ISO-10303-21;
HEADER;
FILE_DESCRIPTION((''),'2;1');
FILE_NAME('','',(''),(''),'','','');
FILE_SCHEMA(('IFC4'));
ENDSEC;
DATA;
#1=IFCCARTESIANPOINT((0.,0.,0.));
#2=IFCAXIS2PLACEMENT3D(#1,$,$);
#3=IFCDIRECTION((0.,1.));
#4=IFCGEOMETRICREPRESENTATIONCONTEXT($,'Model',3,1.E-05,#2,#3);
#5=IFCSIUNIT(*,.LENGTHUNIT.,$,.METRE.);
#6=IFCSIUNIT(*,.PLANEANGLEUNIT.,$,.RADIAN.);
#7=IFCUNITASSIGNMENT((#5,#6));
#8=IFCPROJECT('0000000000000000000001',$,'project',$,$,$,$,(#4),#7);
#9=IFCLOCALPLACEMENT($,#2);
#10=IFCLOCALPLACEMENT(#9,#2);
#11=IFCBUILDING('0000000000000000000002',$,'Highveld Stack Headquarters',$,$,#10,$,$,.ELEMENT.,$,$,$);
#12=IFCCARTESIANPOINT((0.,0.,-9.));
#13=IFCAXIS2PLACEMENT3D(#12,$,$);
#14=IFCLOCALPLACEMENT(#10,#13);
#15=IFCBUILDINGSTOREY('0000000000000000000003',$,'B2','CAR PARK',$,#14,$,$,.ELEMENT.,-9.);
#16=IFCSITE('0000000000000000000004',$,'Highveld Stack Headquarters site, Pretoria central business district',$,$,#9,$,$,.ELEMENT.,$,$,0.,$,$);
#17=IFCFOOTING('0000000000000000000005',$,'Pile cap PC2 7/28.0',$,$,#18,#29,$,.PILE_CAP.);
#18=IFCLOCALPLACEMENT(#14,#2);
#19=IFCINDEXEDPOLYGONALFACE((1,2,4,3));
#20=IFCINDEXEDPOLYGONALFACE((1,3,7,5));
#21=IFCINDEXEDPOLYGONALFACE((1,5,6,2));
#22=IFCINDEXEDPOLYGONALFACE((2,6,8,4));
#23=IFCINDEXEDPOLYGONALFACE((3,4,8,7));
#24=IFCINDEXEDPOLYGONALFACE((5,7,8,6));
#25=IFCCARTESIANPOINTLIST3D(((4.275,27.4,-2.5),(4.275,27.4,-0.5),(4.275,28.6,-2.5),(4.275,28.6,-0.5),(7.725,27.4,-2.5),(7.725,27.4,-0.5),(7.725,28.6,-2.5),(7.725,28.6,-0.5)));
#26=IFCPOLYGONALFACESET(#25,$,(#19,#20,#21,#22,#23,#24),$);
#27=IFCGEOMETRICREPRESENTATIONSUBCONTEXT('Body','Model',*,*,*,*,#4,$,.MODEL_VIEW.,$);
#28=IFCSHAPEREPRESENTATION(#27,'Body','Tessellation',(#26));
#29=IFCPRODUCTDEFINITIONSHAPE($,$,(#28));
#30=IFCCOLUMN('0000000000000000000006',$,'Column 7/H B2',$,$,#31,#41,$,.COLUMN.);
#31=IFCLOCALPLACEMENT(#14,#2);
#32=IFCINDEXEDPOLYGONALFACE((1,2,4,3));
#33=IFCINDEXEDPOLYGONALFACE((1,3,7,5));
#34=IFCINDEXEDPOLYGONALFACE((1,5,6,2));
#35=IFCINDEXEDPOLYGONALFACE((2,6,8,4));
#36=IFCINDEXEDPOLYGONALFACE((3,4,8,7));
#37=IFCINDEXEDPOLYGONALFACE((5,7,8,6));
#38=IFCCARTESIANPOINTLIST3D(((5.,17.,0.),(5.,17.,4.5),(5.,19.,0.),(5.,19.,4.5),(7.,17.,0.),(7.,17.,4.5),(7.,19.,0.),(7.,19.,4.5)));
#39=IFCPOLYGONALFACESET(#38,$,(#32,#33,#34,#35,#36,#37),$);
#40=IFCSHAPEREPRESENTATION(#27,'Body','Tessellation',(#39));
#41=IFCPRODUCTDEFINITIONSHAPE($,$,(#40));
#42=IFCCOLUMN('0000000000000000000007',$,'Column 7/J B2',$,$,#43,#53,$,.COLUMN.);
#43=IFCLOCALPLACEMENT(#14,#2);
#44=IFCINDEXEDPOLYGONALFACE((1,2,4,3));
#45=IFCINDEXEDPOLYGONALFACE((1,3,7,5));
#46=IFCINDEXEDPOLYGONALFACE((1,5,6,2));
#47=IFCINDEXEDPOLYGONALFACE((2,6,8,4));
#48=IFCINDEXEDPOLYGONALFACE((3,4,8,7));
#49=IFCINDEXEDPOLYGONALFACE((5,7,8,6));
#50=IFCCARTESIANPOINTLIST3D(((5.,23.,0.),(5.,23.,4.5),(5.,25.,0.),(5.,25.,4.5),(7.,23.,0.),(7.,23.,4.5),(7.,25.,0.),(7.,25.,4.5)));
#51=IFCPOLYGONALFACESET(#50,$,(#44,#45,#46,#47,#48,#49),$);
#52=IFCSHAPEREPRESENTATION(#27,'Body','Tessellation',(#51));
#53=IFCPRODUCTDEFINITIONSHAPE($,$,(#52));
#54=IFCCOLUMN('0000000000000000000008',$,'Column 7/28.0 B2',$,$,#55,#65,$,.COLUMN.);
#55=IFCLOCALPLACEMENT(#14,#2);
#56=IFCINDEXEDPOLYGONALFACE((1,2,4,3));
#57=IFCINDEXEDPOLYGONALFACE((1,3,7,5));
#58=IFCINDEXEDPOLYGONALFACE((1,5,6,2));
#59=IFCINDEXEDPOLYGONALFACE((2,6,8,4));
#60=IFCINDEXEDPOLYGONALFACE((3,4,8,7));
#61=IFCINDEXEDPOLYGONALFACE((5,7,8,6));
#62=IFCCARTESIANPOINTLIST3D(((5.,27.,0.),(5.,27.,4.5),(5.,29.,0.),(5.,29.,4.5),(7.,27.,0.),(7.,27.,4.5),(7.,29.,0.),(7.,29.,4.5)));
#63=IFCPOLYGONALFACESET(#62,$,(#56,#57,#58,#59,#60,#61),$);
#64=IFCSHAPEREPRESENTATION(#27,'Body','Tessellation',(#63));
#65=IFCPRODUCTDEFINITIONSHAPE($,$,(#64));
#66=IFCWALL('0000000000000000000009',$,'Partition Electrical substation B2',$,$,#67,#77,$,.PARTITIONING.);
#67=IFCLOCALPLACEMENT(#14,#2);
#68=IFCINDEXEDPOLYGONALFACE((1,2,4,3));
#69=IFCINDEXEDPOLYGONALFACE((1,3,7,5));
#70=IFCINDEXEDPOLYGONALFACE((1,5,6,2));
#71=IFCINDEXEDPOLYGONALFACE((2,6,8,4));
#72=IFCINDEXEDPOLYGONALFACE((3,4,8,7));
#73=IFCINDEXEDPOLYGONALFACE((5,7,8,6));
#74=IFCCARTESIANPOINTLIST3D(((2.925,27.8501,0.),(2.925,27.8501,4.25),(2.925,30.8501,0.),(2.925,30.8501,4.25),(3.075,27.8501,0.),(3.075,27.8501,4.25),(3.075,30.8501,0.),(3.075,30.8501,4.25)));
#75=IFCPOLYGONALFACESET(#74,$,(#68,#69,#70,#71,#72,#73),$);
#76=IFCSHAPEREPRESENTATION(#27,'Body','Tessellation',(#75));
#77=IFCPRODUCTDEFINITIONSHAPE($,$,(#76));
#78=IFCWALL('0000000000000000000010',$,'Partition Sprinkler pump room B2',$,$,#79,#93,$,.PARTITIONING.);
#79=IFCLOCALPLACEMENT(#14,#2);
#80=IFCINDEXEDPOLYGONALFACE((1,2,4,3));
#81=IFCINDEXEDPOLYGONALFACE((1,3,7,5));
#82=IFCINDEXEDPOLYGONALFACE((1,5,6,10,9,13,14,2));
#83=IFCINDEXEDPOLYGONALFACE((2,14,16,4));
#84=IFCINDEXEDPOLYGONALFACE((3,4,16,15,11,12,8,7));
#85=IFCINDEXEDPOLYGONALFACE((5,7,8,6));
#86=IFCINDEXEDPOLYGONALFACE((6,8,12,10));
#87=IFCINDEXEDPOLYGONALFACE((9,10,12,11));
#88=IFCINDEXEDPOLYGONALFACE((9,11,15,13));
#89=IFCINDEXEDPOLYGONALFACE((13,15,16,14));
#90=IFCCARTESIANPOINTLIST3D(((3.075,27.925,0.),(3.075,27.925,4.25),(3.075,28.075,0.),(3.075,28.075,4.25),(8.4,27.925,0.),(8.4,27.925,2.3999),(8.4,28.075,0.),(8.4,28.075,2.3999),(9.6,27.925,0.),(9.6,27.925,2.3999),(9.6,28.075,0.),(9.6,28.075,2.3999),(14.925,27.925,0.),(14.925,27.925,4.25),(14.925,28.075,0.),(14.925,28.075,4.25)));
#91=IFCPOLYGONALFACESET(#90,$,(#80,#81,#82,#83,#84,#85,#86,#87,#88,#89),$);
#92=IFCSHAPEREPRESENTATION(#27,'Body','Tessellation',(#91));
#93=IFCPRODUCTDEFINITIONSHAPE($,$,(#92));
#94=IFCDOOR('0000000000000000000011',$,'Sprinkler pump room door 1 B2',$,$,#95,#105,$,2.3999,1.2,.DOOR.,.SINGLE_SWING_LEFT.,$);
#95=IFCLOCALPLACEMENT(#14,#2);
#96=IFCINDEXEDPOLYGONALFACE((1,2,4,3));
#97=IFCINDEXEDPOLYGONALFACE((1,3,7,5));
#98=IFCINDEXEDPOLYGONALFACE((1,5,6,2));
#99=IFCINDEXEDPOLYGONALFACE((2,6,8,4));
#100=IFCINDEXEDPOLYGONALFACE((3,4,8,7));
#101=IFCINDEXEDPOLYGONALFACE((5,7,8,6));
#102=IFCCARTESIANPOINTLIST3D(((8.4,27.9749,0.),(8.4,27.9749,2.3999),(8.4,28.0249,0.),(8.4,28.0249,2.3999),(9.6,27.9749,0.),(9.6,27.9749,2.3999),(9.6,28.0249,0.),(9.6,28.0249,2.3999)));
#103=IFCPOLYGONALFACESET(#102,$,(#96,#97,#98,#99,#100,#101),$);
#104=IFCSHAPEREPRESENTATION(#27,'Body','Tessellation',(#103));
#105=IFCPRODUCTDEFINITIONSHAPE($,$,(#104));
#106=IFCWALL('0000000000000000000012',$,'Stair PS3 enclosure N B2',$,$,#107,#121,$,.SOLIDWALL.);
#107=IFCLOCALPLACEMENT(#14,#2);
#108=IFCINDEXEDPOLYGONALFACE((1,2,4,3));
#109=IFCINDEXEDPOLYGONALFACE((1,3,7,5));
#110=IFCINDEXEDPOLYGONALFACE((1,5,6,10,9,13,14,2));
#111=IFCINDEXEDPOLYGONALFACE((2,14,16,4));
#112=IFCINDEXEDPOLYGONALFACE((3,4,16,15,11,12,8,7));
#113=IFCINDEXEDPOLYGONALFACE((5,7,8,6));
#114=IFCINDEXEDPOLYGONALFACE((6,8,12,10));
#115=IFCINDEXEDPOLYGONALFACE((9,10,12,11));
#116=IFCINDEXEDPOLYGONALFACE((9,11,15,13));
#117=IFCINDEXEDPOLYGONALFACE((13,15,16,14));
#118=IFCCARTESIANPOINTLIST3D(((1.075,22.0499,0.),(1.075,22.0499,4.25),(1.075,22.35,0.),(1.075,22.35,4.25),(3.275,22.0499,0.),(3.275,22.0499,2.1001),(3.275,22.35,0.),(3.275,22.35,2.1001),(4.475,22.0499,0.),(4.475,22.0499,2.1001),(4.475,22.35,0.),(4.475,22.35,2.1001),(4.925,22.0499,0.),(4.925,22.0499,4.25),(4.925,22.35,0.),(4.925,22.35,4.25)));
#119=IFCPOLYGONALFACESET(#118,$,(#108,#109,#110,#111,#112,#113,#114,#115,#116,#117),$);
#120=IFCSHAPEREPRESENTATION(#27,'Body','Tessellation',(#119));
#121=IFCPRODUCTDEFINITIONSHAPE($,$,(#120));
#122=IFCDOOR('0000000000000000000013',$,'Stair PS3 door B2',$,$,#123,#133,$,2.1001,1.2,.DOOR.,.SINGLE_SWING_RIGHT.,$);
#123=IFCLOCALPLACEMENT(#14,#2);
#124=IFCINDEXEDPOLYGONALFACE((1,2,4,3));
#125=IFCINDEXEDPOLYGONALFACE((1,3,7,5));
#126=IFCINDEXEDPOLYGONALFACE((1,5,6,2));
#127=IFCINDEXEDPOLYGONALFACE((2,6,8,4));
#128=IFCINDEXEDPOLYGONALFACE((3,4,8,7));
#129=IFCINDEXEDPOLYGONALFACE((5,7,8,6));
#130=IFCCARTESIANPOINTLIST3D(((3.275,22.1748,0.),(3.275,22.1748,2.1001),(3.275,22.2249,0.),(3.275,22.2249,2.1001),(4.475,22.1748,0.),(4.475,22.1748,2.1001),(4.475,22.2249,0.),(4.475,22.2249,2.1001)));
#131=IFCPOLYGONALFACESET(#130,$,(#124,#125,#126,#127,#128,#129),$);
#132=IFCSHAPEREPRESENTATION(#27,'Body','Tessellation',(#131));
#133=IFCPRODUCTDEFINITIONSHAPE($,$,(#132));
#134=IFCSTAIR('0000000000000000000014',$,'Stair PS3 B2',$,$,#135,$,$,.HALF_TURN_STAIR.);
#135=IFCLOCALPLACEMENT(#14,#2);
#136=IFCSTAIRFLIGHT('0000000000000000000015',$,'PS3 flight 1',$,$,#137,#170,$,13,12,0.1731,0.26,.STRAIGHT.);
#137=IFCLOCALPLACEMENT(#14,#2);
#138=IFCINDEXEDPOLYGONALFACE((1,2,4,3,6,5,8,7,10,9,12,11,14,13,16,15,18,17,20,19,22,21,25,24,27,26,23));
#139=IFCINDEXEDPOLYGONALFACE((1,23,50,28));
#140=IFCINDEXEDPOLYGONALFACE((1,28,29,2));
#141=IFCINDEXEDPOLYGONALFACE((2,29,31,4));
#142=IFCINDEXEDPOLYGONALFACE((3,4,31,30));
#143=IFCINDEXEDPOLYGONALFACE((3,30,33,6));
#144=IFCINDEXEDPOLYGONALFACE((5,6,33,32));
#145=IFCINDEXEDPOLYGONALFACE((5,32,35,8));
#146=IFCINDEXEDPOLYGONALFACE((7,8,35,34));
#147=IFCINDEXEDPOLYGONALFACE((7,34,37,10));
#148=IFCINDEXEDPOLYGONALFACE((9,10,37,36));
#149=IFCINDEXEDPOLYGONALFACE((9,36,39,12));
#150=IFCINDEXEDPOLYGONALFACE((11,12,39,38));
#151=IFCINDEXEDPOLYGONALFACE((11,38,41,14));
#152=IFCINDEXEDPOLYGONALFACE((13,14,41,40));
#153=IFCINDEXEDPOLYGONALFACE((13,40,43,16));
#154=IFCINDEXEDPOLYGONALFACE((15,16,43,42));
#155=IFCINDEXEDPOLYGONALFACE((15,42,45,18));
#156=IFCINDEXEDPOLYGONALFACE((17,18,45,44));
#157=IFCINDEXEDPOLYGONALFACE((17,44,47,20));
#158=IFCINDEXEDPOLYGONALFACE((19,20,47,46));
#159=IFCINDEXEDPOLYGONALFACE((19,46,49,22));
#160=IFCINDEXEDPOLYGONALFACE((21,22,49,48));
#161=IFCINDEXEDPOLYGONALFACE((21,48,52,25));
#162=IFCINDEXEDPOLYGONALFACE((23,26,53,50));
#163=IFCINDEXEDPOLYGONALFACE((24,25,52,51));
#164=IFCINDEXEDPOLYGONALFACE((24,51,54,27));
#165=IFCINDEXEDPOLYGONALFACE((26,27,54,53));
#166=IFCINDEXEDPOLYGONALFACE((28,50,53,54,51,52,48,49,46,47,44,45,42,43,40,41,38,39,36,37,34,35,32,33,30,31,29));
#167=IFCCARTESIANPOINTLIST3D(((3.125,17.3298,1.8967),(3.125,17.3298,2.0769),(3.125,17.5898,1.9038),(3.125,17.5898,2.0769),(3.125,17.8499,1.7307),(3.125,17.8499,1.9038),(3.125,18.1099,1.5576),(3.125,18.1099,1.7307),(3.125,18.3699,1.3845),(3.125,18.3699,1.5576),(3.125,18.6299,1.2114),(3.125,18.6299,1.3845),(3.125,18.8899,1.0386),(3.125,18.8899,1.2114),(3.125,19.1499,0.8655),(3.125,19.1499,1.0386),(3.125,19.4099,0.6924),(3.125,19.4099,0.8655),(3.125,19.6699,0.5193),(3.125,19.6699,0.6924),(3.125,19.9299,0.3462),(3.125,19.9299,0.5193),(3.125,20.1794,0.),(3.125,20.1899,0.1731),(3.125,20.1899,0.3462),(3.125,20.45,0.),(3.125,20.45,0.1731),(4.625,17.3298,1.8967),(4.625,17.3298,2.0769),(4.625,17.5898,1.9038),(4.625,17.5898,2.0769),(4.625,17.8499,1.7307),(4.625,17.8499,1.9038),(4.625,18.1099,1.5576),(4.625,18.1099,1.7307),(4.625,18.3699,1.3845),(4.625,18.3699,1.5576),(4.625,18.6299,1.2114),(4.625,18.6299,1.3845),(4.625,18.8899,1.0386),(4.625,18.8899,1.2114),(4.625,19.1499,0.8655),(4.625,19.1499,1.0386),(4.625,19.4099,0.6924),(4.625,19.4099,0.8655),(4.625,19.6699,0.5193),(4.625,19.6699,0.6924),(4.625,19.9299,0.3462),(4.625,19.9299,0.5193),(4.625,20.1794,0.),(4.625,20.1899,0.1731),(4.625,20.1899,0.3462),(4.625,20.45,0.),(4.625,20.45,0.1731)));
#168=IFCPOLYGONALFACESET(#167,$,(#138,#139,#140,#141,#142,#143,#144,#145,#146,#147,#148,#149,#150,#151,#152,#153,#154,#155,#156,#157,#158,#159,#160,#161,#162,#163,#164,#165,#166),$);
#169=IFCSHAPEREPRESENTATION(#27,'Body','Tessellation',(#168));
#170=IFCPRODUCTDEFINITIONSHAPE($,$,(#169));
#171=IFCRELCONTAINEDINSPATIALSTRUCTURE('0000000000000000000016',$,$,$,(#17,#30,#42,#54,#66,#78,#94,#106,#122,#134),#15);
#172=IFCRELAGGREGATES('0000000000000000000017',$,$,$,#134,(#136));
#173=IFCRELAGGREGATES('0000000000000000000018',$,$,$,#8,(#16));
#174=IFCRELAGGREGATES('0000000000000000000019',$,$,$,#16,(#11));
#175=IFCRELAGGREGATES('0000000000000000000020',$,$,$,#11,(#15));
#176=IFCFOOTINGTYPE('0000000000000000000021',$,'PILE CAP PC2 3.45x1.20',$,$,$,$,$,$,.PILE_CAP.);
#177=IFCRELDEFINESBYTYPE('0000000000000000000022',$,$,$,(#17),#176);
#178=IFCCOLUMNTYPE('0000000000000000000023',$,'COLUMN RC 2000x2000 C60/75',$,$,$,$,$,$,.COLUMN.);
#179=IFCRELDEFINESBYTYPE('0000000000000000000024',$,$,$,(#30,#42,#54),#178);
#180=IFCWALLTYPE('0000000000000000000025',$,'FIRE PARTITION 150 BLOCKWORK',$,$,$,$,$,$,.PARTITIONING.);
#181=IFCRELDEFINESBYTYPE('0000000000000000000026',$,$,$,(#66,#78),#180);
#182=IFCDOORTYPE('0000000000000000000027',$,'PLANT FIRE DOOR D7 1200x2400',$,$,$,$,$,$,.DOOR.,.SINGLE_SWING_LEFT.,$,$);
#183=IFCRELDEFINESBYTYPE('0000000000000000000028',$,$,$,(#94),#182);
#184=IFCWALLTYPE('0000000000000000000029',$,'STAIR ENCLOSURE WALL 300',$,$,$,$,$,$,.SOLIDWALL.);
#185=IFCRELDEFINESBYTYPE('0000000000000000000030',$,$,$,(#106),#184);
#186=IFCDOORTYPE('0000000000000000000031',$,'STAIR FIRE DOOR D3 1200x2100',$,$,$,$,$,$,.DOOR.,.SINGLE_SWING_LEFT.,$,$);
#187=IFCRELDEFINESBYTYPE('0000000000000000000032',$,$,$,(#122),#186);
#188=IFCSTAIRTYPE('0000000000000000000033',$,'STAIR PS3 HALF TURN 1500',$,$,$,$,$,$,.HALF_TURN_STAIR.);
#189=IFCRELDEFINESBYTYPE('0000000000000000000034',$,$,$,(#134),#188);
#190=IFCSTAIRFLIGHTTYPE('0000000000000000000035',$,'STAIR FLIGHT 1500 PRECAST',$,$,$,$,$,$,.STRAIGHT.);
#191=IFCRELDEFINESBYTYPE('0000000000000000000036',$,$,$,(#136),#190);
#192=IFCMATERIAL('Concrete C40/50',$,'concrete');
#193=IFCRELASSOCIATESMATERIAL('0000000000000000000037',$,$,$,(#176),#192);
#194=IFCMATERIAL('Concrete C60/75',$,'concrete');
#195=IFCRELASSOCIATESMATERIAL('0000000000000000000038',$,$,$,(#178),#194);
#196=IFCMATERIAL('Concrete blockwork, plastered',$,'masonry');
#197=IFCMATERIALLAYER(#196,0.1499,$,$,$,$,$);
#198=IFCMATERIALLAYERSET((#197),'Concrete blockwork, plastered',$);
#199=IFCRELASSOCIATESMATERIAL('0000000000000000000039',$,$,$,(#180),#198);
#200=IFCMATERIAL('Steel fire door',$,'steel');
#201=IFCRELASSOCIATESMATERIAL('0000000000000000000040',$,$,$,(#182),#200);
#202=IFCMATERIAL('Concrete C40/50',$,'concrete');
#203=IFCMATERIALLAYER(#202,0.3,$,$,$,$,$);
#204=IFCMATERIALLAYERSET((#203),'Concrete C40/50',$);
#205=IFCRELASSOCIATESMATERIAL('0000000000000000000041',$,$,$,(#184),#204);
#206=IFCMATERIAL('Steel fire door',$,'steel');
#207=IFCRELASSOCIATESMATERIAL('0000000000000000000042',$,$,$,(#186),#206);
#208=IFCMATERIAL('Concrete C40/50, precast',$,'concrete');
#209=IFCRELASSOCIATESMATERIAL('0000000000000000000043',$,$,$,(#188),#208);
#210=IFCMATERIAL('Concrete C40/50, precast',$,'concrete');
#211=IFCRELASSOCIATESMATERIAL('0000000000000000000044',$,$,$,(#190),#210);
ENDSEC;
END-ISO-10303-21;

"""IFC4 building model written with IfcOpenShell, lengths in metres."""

from ifc_helpers import new_model, si_unit, direction, frame, frame_2d, origin, origin_2d, place, context, subcontext, project, spatial, polyline, rectangle, outline, extrude, material, layer, layer_set, material_profile, profile_set, type_object, element, fill, aggregate, save


model = new_model("IFC4")

# Units and contexts
model_context = context("Model", 3, precision=1e-05, world=origin(), true_north=direction((0.0, 1.0)))
body_context = subcontext(model_context, "Body", "Model", "MODEL_VIEW")
ifc_project = project(units=[si_unit("LENGTHUNIT", "METRE"), si_unit("PLANEANGLEUNIT", "RADIAN")], contexts=[model_context])

# Site, building, storey
site_placement = place(None, origin())
site = spatial("IfcSite", under=ifc_project, at=site_placement, Name="Highveld Stack Headquarters site, Pretoria central business district", CompositionType="ELEMENT", RefElevation=0.0)
building_placement = place(site_placement, origin())
building = spatial("IfcBuilding", under=site, at=building_placement, Name="Highveld Stack Headquarters", CompositionType="ELEMENT")
storey_placement = place(building_placement, frame((0.0, 0.0, -9.0)))
storey = spatial("IfcBuildingStorey", under=building, at=storey_placement, Name="B2", Description="CAR PARK", CompositionType="ELEMENT", Elevation=-9.0)

# Footing
ifc_material_1 = material(Name="Concrete C40/50", Category="concrete")
footing_type_1 = type_object("IfcFootingType", Name="PILE CAP PC2 3.45x1.20", PredefinedType="PILE_CAP", material=ifc_material_1)
footing_1_placement = place(storey_placement, frame((6.0, 28.0, -2.5), z_axis=(0.0, 0.0, 1.0), x_axis=(1.0, 0.0, 0.0)))
element("IfcFooting", 1, at=footing_1_placement, inside=storey, type_object=footing_type_1, Name="Pile cap PC2 7/28.0", PredefinedType="PILE_CAP", context=body_context, shape_type="SweptSolid", body=[
    extrude(rectangle(XDim=3.45, YDim=1.2, at=origin_2d()), origin(), (0.0, 0.0, 1.0), 2.0),
])

# Columns
ifc_material_2 = material(Name="Concrete C60/75", Category="concrete")
ifc_material_profile = material_profile(ifc_material_2, rectangle(XDim=2.0, YDim=2.0, at=origin_2d()), Name="RC 2000x2000")
ifc_profile_set = profile_set([ifc_material_profile], Name="Concrete C60/75")
column_type = type_object("IfcColumnType", Name="COLUMN RC 2000x2000 C60/75", PredefinedType="COLUMN", material=ifc_profile_set)
for number, where, z_axis, x_axis, name in (
    (2, (6.0, 18.0, 0.0), (0.0, 0.0, 1.0), (1.0, 0.0, 0.0), "Column 7/H B2"),
    (3, (6.0, 24.0, 0.0), (0.0, 0.0, 1.0), (1.0, 0.0, 0.0), "Column 7/J B2"),
    (4, (6.0, 28.0, 0.0), (0.0, 0.0, 1.0), (1.0, 0.0, 0.0), "Column 7/28.0 B2"),
):
    element("IfcColumn", number, at=place(storey_placement, frame(where, z_axis=z_axis, x_axis=x_axis)), inside=storey, type_object=column_type, Name=name, PredefinedType="COLUMN", context=body_context, shape_type="SweptSolid", body=[
        extrude(rectangle(XDim=2.0, YDim=2.0, at=origin_2d()), origin(), (0.0, 0.0, 1.0), 4.5),
    ])

# Wall
ifc_material_3 = material(Name="Concrete blockwork, plastered", Category="masonry")
ifc_layer_1 = layer(ifc_material_3, 0.1499)
ifc_layer_set_1 = layer_set([ifc_layer_1], Name="Concrete blockwork, plastered")
wall_type_1 = type_object("IfcWallType", Name="FIRE PARTITION 150 BLOCKWORK", PredefinedType="PARTITIONING", material=ifc_layer_set_1)
wall_1_placement = place(storey_placement, frame((3.0, 27.8501, 0.0), z_axis=(0.0, 0.0, 1.0), x_axis=(0.0, 1.0, 0.0)))
element("IfcWall", 5, at=wall_1_placement, inside=storey, type_object=wall_type_1, Name="Partition Electrical substation B2", PredefinedType="PARTITIONING", context=body_context, shape_type="SweptSolid", body=[
    extrude(rectangle(XDim=3.0, YDim=0.1499, at=frame_2d((1.5, 0.0))), origin(), (0.0, 0.0, 1.0), 4.25),
])

# Walls, openings, doors
wall_2_placement = place(storey_placement, frame((3.075, 28.0, 0.0), z_axis=(0.0, 0.0, 1.0), x_axis=(1.0, 0.0, 0.0)))
wall_2 = element("IfcWall", 6, at=wall_2_placement, inside=storey, type_object=wall_type_1, Name="Partition Sprinkler pump room B2", PredefinedType="PARTITIONING", context=body_context, shape_type="SweptSolid", body=[
    extrude(rectangle(XDim=11.8501, YDim=0.1499, at=frame_2d((5.925, 0.0))), origin(), (0.0, 0.0, 1.0), 4.25),
])
opening_1_placement = place(wall_2_placement, frame((5.325, 0.0, 0.0)))
opening_1 = element("IfcOpeningElement", 7, at=opening_1_placement, cuts=wall_2, PredefinedType="OPENING", context=body_context, shape_type="SweptSolid", body=[
    extrude(rectangle(XDim=1.2, YDim=2.3999, at=frame_2d((0.6001, 1.2))), frame((0.0, 0.085, 0.0), z_axis=(0.0, -1.0, 0.0), x_axis=(1.0, 0.0, 0.0)), (0.0, 0.0, 1.0), 0.1699),
])
ifc_material_4 = material(Name="Steel fire door", Category="steel")
door_type_1 = type_object("IfcDoorType", Name="PLANT FIRE DOOR D7 1200x2400", OperationType="SINGLE_SWING_LEFT", PredefinedType="DOOR", material=ifc_material_4)
door_1_placement = place(opening_1_placement, origin())
door_1 = element("IfcDoor", 8, at=door_1_placement, inside=storey, type_object=door_type_1, Name="Sprinkler pump room door 1 B2", OperationType="SINGLE_SWING_LEFT", OverallHeight=2.3999, OverallWidth=1.2, PredefinedType="DOOR", context=body_context, shape_type="SweptSolid", body=[
    extrude(rectangle(XDim=1.2, YDim=2.3999, at=frame_2d((0.6001, 1.2))), frame((0.0, 0.0249, 0.0), z_axis=(0.0, -1.0, 0.0), x_axis=(1.0, 0.0, 0.0)), (0.0, 0.0, 1.0), 0.05),
])
fill(opening_1, door_1)
ifc_material_5 = material(Name="Concrete C40/50", Category="concrete")
ifc_layer_2 = layer(ifc_material_5, 0.3)
ifc_layer_set_2 = layer_set([ifc_layer_2], Name="Concrete C40/50")
wall_type_2 = type_object("IfcWallType", Name="STAIR ENCLOSURE WALL 300", PredefinedType="SOLIDWALL", material=ifc_layer_set_2)
wall_3_placement = place(storey_placement, frame((1.075, 22.2, 0.0), z_axis=(0.0, 0.0, 1.0), x_axis=(1.0, 0.0, 0.0)))
wall_3 = element("IfcWall", 9, at=wall_3_placement, inside=storey, type_object=wall_type_2, Name="Stair PS3 enclosure N B2", PredefinedType="SOLIDWALL", context=body_context, shape_type="SweptSolid", body=[
    extrude(rectangle(XDim=3.8501, YDim=0.3, at=frame_2d((1.925, 0.0))), origin(), (0.0, 0.0, 1.0), 4.25),
])
opening_2_placement = place(wall_3_placement, frame((2.2, 0.0, 0.0)))
opening_2 = element("IfcOpeningElement", 10, at=opening_2_placement, cuts=wall_3, PredefinedType="OPENING", context=body_context, shape_type="SweptSolid", body=[
    extrude(rectangle(XDim=1.2, YDim=2.1001, at=frame_2d((0.6001, 1.05))), frame((0.0, 0.1599, 0.0), z_axis=(0.0, -1.0, 0.0), x_axis=(1.0, 0.0, 0.0)), (0.0, 0.0, 1.0), 0.3201),
])
ifc_material_6 = material(Name="Steel fire door", Category="steel")
door_type_2 = type_object("IfcDoorType", Name="STAIR FIRE DOOR D3 1200x2100", OperationType="SINGLE_SWING_LEFT", PredefinedType="DOOR", material=ifc_material_6)
door_2_placement = place(opening_2_placement, origin())
door_2 = element("IfcDoor", 11, at=door_2_placement, inside=storey, type_object=door_type_2, Name="Stair PS3 door B2", OperationType="SINGLE_SWING_RIGHT", OverallHeight=2.1001, OverallWidth=1.2, PredefinedType="DOOR", context=body_context, shape_type="SweptSolid", body=[
    extrude(rectangle(XDim=1.2, YDim=2.1001, at=frame_2d((0.6001, 1.05))), frame((0.0, 0.0249, 0.0), z_axis=(0.0, -1.0, 0.0), x_axis=(1.0, 0.0, 0.0)), (0.0, 0.0, 1.0), 0.05),
])
fill(opening_2, door_2)

# Stair, stair flight
ifc_material_7 = material(Name="Concrete C40/50, precast", Category="concrete")
stair_type = type_object("IfcStairType", Name="STAIR PS3 HALF TURN 1500", PredefinedType="HALF_TURN_STAIR", material=ifc_material_7)
stair_placement = place(storey_placement, origin())
stair = element("IfcStair", 12, at=stair_placement, inside=storey, type_object=stair_type, Name="Stair PS3 B2", PredefinedType="HALF_TURN_STAIR")
ifc_material_8 = material(Name="Concrete C40/50, precast", Category="concrete")
stair_flight_type = type_object("IfcStairFlightType", Name="STAIR FLIGHT 1500 PRECAST", PredefinedType="STRAIGHT", material=ifc_material_8)
stair_flight_placement = place(storey_placement, frame((3.875, 20.45, 0.0), z_axis=(0.0, 0.0, 1.0), x_axis=(0.0, -1.0, 0.0)))
stair_flight = element("IfcStairFlight", 13, at=stair_flight_placement, type_object=stair_flight_type, Name="PS3 flight 1", NumberOfRisers=13, NumberOfTreads=12, PredefinedType="STRAIGHT", RiserHeight=0.1731, TreadLength=0.26, context=body_context, shape_type="SweptSolid", body=[
    extrude(outline(polyline([(0.0, 0.0), (0.0, 0.1731), (0.26, 0.1731), (0.26, 0.3462), (0.52, 0.3462), (0.52, 0.5193), (0.78, 0.5193), (0.78, 0.6924), (1.04, 0.6924), (1.04, 0.8655), (1.3, 0.8655), (1.3, 1.0386), (1.5601, 1.0386), (1.5601, 1.2114), (1.8201, 1.2114), (1.8201, 1.3845), (2.0801, 1.3845), (2.0801, 1.5576), (2.3401, 1.5576), (2.3401, 1.7307), (2.6001, 1.7307), (2.6001, 1.9038), (2.8601, 1.9038), (2.8601, 2.0769), (3.1201, 2.0769), (3.1201, 2.25), (3.1201, 1.8967), (0.2705, 0.0), (0.0, 0.0)])), frame((0.0, 0.75, 0.0), z_axis=(0.0, -1.0, 0.0), x_axis=(1.0, 0.0, 0.0)), (0.0, 0.0, 1.0), 1.5),
])
aggregate(stair, [stair_flight])

save(model, "model.ifc")
